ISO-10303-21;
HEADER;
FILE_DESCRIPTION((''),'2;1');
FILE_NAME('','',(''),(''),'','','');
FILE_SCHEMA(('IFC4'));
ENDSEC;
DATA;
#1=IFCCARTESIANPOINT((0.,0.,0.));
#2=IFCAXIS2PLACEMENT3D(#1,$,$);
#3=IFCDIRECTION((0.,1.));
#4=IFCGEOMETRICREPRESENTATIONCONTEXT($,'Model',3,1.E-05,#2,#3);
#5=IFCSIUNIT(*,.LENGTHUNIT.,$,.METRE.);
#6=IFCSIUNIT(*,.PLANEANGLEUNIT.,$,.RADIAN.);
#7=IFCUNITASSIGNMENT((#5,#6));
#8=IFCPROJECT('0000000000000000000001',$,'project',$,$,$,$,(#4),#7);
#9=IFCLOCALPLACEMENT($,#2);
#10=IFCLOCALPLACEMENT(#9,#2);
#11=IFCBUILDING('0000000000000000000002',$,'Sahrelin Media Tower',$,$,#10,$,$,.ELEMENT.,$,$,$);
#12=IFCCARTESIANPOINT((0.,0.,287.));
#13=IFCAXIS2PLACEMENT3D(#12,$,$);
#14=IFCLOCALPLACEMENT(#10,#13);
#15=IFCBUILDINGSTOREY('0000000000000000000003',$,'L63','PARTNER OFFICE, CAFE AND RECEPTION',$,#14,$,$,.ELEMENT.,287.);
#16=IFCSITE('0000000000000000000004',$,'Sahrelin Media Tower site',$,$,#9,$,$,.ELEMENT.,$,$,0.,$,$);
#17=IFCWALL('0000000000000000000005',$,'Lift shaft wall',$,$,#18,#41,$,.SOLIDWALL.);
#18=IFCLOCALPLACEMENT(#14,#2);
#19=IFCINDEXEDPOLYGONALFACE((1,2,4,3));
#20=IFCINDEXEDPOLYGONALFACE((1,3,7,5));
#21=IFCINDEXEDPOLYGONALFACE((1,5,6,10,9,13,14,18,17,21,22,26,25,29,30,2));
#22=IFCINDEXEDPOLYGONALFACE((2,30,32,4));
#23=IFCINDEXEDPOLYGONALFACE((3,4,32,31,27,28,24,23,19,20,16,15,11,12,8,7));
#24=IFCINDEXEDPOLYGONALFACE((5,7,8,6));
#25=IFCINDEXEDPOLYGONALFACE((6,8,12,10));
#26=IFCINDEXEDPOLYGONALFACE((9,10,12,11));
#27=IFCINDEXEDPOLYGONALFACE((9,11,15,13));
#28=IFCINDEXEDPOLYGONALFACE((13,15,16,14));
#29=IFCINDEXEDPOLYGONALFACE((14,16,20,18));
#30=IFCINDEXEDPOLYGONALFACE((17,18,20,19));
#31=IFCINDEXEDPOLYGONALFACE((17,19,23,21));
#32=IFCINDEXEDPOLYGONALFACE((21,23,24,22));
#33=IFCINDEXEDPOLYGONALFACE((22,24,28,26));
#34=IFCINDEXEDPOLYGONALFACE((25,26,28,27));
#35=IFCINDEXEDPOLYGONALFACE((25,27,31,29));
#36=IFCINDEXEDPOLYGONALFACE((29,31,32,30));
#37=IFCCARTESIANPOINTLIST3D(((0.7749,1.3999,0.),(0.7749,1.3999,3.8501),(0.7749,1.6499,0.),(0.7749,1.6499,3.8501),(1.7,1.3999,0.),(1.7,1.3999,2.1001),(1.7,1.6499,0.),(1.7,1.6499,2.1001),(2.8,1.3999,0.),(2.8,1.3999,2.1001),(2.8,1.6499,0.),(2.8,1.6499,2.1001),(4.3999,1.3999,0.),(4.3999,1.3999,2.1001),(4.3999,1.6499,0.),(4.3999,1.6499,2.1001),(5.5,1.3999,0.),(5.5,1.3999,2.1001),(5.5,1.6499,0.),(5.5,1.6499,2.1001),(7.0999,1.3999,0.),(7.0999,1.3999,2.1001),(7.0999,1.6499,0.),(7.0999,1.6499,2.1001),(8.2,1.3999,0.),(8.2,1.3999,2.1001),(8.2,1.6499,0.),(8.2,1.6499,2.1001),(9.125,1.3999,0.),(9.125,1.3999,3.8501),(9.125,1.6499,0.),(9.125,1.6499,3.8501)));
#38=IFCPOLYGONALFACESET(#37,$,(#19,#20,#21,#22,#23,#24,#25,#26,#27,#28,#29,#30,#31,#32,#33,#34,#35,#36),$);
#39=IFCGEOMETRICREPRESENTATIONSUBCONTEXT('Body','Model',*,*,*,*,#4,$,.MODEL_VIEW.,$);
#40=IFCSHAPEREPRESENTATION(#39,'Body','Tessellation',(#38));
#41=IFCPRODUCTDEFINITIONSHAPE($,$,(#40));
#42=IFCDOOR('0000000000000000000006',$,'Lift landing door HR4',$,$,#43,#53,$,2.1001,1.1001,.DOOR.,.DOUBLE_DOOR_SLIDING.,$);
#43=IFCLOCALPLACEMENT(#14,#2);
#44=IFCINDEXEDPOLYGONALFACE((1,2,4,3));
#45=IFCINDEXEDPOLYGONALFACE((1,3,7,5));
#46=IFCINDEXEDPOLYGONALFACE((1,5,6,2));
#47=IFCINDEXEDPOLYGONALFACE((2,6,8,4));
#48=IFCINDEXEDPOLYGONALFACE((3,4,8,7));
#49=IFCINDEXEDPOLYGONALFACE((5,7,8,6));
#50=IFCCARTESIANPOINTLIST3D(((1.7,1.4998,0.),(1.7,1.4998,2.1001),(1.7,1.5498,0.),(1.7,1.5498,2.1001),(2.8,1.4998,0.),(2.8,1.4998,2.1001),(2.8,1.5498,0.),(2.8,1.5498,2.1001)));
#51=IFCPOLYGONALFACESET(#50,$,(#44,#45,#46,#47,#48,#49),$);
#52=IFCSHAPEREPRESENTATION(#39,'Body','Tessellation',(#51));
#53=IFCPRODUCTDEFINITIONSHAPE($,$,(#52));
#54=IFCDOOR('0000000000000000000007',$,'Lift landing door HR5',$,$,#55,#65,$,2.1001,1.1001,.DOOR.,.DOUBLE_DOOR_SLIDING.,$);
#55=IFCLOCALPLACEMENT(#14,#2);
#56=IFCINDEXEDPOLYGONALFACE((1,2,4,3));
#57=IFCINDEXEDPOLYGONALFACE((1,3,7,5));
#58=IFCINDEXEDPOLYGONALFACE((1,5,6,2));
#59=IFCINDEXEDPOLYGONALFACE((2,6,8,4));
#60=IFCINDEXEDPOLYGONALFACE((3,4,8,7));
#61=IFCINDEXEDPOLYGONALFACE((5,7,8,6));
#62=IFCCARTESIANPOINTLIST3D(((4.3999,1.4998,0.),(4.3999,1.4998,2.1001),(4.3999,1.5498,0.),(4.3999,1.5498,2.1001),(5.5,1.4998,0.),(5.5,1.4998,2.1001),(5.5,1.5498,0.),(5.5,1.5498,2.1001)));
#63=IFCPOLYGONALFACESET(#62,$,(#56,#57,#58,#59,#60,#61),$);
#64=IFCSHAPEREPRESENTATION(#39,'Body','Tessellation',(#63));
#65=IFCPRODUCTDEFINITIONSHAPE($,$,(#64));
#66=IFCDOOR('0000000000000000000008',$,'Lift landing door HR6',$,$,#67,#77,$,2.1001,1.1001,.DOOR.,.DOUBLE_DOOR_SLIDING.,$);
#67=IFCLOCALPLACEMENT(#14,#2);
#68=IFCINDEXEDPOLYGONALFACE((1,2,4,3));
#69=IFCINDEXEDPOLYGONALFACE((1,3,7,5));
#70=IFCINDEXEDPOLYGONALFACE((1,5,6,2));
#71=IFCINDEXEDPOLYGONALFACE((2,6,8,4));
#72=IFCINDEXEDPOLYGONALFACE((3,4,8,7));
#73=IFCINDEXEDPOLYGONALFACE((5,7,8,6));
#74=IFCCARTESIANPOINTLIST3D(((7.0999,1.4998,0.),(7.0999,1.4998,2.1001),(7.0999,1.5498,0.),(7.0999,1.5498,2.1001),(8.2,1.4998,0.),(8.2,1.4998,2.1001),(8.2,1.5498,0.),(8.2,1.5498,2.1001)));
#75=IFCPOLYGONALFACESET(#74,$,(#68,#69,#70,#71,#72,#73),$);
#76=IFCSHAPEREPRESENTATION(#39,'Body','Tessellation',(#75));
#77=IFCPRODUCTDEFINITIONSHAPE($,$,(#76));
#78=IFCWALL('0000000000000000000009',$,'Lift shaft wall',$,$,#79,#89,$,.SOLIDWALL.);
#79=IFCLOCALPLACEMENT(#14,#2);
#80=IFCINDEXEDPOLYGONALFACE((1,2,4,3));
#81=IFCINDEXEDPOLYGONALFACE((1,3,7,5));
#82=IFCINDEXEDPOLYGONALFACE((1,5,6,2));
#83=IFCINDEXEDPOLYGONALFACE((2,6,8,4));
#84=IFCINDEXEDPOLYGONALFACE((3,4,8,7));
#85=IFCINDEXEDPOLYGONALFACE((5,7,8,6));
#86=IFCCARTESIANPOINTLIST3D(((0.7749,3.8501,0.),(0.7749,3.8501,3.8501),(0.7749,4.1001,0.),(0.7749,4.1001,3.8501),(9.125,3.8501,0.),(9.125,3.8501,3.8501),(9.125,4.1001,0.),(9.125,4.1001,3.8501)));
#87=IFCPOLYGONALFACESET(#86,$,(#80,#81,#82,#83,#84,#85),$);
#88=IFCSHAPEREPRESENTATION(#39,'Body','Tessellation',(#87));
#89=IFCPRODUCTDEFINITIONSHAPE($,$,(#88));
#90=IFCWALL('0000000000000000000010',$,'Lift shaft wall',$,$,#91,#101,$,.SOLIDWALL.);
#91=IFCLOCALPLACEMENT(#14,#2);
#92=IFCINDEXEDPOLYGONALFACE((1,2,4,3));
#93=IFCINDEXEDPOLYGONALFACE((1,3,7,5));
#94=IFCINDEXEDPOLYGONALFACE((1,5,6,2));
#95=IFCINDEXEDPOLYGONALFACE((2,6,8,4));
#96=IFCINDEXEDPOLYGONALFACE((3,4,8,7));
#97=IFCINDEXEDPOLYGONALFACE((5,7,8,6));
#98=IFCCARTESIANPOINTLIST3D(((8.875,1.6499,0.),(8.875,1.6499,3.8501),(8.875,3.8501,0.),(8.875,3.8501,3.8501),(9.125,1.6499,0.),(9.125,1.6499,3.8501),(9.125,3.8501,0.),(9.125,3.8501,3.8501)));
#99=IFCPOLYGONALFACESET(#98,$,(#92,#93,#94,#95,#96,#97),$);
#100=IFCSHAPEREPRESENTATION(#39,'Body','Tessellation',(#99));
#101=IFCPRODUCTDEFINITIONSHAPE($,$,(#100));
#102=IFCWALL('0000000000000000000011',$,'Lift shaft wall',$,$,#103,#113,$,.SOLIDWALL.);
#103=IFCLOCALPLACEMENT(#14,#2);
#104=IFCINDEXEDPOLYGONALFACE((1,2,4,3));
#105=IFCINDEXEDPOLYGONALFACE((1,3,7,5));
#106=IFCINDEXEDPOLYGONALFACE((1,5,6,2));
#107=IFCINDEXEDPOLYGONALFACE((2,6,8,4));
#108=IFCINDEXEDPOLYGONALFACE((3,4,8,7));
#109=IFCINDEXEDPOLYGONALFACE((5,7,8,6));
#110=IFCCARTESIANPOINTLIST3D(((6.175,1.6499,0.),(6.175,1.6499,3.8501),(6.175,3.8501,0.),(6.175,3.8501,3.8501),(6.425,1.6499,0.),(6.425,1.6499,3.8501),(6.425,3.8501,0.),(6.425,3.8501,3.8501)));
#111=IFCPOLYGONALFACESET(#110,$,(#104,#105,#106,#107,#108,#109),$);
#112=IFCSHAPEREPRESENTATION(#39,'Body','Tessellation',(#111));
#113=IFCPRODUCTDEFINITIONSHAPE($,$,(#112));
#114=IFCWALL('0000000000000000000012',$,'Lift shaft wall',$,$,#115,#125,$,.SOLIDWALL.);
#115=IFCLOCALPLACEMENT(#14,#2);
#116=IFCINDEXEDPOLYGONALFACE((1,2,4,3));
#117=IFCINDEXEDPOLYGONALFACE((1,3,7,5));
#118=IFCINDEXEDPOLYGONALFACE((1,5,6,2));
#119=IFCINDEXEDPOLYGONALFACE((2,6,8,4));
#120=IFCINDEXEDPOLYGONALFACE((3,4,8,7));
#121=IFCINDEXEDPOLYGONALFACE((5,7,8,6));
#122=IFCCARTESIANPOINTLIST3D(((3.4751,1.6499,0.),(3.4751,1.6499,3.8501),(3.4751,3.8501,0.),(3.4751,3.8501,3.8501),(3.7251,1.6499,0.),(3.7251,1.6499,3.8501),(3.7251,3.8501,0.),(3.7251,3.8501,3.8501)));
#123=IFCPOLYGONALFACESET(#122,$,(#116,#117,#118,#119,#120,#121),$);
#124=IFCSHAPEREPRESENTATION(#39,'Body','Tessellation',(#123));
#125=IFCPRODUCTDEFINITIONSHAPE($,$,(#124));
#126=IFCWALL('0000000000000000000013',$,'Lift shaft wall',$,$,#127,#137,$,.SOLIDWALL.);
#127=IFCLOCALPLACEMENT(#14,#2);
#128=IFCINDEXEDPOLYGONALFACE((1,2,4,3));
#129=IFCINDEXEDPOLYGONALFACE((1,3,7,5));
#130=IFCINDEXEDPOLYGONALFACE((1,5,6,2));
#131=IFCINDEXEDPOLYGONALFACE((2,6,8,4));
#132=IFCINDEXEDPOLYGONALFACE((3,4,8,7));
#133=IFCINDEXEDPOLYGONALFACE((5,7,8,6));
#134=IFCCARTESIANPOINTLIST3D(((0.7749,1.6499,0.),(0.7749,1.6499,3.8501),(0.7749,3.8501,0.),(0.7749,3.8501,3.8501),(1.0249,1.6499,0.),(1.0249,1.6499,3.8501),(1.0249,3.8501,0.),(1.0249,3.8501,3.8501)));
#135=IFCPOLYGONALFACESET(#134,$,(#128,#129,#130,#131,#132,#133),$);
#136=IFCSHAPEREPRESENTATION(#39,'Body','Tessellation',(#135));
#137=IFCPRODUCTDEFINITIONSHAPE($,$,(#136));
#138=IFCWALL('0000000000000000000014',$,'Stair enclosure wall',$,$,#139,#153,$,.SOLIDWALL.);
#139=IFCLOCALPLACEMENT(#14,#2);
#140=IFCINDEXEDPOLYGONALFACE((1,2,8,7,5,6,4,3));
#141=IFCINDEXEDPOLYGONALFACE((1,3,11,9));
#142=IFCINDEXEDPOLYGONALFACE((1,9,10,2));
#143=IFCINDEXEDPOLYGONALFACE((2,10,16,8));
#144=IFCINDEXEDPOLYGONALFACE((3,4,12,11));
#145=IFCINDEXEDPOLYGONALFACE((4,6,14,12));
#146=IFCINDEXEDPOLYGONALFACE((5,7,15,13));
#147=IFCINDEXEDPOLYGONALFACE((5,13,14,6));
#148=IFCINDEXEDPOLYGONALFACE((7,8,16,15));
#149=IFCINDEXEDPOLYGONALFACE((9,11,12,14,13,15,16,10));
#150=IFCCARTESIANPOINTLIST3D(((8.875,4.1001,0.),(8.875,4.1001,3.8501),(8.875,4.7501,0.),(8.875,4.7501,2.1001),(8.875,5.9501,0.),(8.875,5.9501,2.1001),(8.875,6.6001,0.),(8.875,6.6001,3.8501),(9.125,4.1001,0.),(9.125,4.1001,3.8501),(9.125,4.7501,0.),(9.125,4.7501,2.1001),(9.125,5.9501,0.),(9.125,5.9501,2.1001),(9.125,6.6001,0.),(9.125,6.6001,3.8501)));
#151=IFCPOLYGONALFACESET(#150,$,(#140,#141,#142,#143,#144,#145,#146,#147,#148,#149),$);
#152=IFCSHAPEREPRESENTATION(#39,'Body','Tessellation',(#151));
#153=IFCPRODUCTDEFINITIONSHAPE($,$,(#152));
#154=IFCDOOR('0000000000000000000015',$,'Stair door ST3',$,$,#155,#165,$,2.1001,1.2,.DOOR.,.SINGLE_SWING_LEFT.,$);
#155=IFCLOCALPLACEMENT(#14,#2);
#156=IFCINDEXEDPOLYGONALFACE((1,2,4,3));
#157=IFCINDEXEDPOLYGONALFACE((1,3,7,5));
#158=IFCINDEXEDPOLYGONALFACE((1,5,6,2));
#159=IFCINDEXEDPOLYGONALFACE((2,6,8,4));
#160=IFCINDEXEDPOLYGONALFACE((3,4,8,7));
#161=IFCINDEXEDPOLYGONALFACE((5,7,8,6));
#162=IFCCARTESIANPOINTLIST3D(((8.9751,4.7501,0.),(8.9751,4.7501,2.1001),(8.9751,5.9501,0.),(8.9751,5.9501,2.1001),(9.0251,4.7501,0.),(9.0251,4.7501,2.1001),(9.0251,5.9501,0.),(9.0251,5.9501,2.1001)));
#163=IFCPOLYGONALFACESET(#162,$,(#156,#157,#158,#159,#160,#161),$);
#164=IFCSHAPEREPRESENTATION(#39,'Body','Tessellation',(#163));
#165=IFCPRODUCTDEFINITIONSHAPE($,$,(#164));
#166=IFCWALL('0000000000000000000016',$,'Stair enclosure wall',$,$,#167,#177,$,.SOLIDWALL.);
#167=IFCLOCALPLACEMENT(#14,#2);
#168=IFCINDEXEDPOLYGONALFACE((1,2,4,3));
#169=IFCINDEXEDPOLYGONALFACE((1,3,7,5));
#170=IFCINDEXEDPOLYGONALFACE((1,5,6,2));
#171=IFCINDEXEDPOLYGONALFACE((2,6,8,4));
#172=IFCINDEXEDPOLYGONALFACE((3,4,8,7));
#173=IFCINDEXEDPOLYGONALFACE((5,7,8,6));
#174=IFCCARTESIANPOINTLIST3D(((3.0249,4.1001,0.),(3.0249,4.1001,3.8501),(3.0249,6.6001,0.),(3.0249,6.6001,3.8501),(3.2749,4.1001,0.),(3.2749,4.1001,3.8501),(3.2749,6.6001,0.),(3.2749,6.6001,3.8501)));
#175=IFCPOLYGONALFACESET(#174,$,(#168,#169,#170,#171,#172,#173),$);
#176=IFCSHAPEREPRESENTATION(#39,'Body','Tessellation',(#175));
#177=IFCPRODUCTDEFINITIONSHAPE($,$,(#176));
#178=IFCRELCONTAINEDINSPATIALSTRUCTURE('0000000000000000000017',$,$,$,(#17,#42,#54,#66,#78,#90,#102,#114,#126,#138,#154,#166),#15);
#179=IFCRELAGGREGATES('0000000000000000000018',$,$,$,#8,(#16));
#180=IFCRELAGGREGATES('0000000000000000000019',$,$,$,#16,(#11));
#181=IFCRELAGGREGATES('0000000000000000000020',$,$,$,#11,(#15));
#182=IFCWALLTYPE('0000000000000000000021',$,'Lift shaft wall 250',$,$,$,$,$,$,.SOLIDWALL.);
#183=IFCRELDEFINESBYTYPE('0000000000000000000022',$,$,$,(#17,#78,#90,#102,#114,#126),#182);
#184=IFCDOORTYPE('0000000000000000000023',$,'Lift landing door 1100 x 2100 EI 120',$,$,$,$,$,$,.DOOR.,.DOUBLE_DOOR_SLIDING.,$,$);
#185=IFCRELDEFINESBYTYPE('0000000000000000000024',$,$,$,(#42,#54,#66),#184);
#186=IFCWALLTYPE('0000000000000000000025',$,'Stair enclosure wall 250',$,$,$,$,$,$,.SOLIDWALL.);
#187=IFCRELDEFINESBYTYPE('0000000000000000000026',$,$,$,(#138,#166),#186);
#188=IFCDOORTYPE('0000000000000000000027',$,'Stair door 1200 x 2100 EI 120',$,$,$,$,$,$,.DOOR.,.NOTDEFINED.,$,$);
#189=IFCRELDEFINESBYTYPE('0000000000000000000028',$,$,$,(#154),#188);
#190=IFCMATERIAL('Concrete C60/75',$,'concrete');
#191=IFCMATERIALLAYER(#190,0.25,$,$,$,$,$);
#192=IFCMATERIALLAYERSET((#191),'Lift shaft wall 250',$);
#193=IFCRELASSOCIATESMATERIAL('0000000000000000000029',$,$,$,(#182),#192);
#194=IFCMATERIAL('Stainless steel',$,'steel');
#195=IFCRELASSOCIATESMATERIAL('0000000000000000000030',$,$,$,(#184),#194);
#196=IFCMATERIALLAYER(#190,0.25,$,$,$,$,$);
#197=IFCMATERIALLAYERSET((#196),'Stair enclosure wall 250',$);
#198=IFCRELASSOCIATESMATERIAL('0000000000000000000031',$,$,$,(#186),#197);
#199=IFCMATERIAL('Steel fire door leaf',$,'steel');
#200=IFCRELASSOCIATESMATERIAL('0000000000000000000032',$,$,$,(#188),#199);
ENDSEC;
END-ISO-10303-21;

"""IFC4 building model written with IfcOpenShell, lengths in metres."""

from ifc_helpers import new_model, si_unit, direction, frame, frame_2d, origin, place, context, subcontext, project, spatial, rectangle, extrude, material, layer, layer_set, type_object, element, fill, save


model = new_model("IFC4")

# Units and contexts
model_context = context("Model", 3, precision=1e-05, world=origin(), true_north=direction((0.0, 1.0)))
body_context = subcontext(model_context, "Body", "Model", "MODEL_VIEW")
ifc_project = project(units=[si_unit("LENGTHUNIT", "METRE"), si_unit("PLANEANGLEUNIT", "RADIAN")], contexts=[model_context])

# Site, building, storey
site_placement = place(None, origin())
site = spatial("IfcSite", under=ifc_project, at=site_placement, Name="Sahrelin Media Tower site", CompositionType="ELEMENT", RefElevation=0.0)
building_placement = place(site_placement, origin())
building = spatial("IfcBuilding", under=site, at=building_placement, Name="Sahrelin Media Tower", CompositionType="ELEMENT")
storey_placement = place(building_placement, frame((0.0, 0.0, 287.0)))
storey = spatial("IfcBuildingStorey", under=building, at=storey_placement, Name="L63", Description="PARTNER OFFICE, CAFE AND RECEPTION", CompositionType="ELEMENT", Elevation=287.0)

# Wall, openings, doors
ifc_material_1 = material(Name="Concrete C60/75", Category="concrete")
ifc_layer_1 = layer(ifc_material_1, 0.25)
ifc_layer_set_1 = layer_set([ifc_layer_1], Name="Lift shaft wall 250")
wall_type_1 = type_object("IfcWallType", Name="Lift shaft wall 250", PredefinedType="SOLIDWALL", material=ifc_layer_set_1)
wall_1_placement = place(storey_placement, frame((0.7749, 1.5249, 0.0), z_axis=(0.0, 0.0, 1.0), x_axis=(1.0, 0.0, 0.0)))
wall_1 = element("IfcWall", 1, at=wall_1_placement, inside=storey, type_object=wall_type_1, Name="Lift shaft wall", PredefinedType="SOLIDWALL", context=body_context, shape_type="SweptSolid", body=[
    extrude(rectangle(XDim=8.3501, YDim=0.25, at=frame_2d((4.175, 0.0))), origin(), (0.0, 0.0, 1.0), 3.8501),
])
opening_1_placement = place(wall_1_placement, frame((0.925, 0.0, 0.0)))
opening_1 = element("IfcOpeningElement", 2, at=opening_1_placement, cuts=wall_1, PredefinedType="OPENING", context=body_context, shape_type="SweptSolid", body=[
    extrude(rectangle(XDim=1.1001, YDim=2.1001, at=frame_2d((0.55, 1.05))), frame((0.0, 0.125, 0.0), z_axis=(0.0, -1.0, 0.0), x_axis=(1.0, 0.0, 0.0)), (0.0, 0.0, 1.0), 0.25),
])
opening_2_placement = place(wall_1_placement, frame((3.625, 0.0, 0.0)))
opening_2 = element("IfcOpeningElement", 3, at=opening_2_placement, cuts=wall_1, PredefinedType="OPENING", context=body_context, shape_type="SweptSolid", body=[
    extrude(rectangle(XDim=1.1001, YDim=2.1001, at=frame_2d((0.55, 1.05))), frame((0.0, 0.125, 0.0), z_axis=(0.0, -1.0, 0.0), x_axis=(1.0, 0.0, 0.0)), (0.0, 0.0, 1.0), 0.25),
])
opening_3_placement = place(wall_1_placement, frame((6.325, 0.0, 0.0)))
opening_3 = element("IfcOpeningElement", 4, at=opening_3_placement, cuts=wall_1, PredefinedType="OPENING", context=body_context, shape_type="SweptSolid", body=[
    extrude(rectangle(XDim=1.1001, YDim=2.1001, at=frame_2d((0.55, 1.05))), frame((0.0, 0.125, 0.0), z_axis=(0.0, -1.0, 0.0), x_axis=(1.0, 0.0, 0.0)), (0.0, 0.0, 1.0), 0.25),
])
ifc_material_2 = material(Name="Stainless steel", Category="steel")
door_type_1 = type_object("IfcDoorType", Name="Lift landing door 1100 x 2100 EI 120", OperationType="DOUBLE_DOOR_SLIDING", PredefinedType="DOOR", material=ifc_material_2)
door_1_placement = place(opening_1_placement, origin())
door_1 = element("IfcDoor", 5, at=door_1_placement, inside=storey, type_object=door_type_1, Name="Lift landing door HR4", OperationType="DOUBLE_DOOR_SLIDING", OverallHeight=2.1001, OverallWidth=1.1001, PredefinedType="DOOR", context=body_context, shape_type="SweptSolid", body=[
    extrude(rectangle(XDim=1.1001, YDim=2.1001, at=frame_2d((0.55, 1.05))), frame((0.0, 0.0249, 0.0), z_axis=(0.0, -1.0, 0.0), x_axis=(1.0, 0.0, 0.0)), (0.0, 0.0, 1.0), 0.05),
])
fill(opening_1, door_1)
door_2_placement = place(opening_2_placement, origin())
door_2 = element("IfcDoor", 6, at=door_2_placement, inside=storey, type_object=door_type_1, Name="Lift landing door HR5", OperationType="DOUBLE_DOOR_SLIDING", OverallHeight=2.1001, OverallWidth=1.1001, PredefinedType="DOOR", context=body_context, shape_type="SweptSolid", body=[
    extrude(rectangle(XDim=1.1001, YDim=2.1001, at=frame_2d((0.55, 1.05))), frame((0.0, 0.0249, 0.0), z_axis=(0.0, -1.0, 0.0), x_axis=(1.0, 0.0, 0.0)), (0.0, 0.0, 1.0), 0.05),
])
fill(opening_2, door_2)
door_3_placement = place(opening_3_placement, origin())
door_3 = element("IfcDoor", 7, at=door_3_placement, inside=storey, type_object=door_type_1, Name="Lift landing door HR6", OperationType="DOUBLE_DOOR_SLIDING", OverallHeight=2.1001, OverallWidth=1.1001, PredefinedType="DOOR", context=body_context, shape_type="SweptSolid", body=[
    extrude(rectangle(XDim=1.1001, YDim=2.1001, at=frame_2d((0.55, 1.05))), frame((0.0, 0.0249, 0.0), z_axis=(0.0, -1.0, 0.0), x_axis=(1.0, 0.0, 0.0)), (0.0, 0.0, 1.0), 0.05),
])
fill(opening_3, door_3)

# Walls
wall_2_placement = place(storey_placement, frame((0.7749, 3.9751, 0.0), z_axis=(0.0, 0.0, 1.0), x_axis=(1.0, 0.0, 0.0)))
element("IfcWall", 8, at=wall_2_placement, inside=storey, type_object=wall_type_1, Name="Lift shaft wall", PredefinedType="SOLIDWALL", context=body_context, shape_type="SweptSolid", body=[
    extrude(rectangle(XDim=8.3501, YDim=0.25, at=frame_2d((4.175, 0.0))), origin(), (0.0, 0.0, 1.0), 3.8501),
])
for number, where, z_axis, x_axis, name in (
    (9, (9.0, 1.6499, 0.0), (0.0, 0.0, 1.0), (0.0, 1.0, 0.0), "Lift shaft wall"),
    (10, (6.3, 1.6499, 0.0), (0.0, 0.0, 1.0), (0.0, 1.0, 0.0), "Lift shaft wall"),
    (11, (3.6001, 1.6499, 0.0), (0.0, 0.0, 1.0), (0.0, 1.0, 0.0), "Lift shaft wall"),
    (12, (0.8999, 1.6499, 0.0), (0.0, 0.0, 1.0), (0.0, 1.0, 0.0), "Lift shaft wall"),
):
    element("IfcWall", number, at=place(storey_placement, frame(where, z_axis=z_axis, x_axis=x_axis)), inside=storey, type_object=wall_type_1, Name=name, PredefinedType="SOLIDWALL", context=body_context, shape_type="SweptSolid", body=[
        extrude(rectangle(XDim=2.2002, YDim=0.25, at=frame_2d((1.1001, 0.0))), origin(), (0.0, 0.0, 1.0), 3.8501),
    ])

# Wall, opening, door
ifc_layer_2 = layer(ifc_material_1, 0.25)
ifc_layer_set_2 = layer_set([ifc_layer_2], Name="Stair enclosure wall 250")
wall_type_2 = type_object("IfcWallType", Name="Stair enclosure wall 250", PredefinedType="SOLIDWALL", material=ifc_layer_set_2)
wall_3_placement = place(storey_placement, frame((9.0, 4.1001, 0.0), z_axis=(0.0, 0.0, 1.0), x_axis=(0.0, 1.0, 0.0)))
wall_3 = element("IfcWall", 13, at=wall_3_placement, inside=storey, type_object=wall_type_2, Name="Stair enclosure wall", PredefinedType="SOLIDWALL", context=body_context, shape_type="SweptSolid", body=[
    extrude(rectangle(XDim=2.5, YDim=0.25, at=frame_2d((1.25, 0.0))), origin(), (0.0, 0.0, 1.0), 3.8501),
])
opening_4_placement = place(wall_3_placement, frame((0.6499, 0.0, 0.0)))
opening_4 = element("IfcOpeningElement", 14, at=opening_4_placement, cuts=wall_3, PredefinedType="OPENING", context=body_context, shape_type="SweptSolid", body=[
    extrude(rectangle(XDim=1.2, YDim=2.1001, at=frame_2d((0.6001, 1.05))), frame((0.0, 0.125, 0.0), z_axis=(0.0, -1.0, 0.0), x_axis=(1.0, 0.0, 0.0)), (0.0, 0.0, 1.0), 0.25),
])
ifc_material_3 = material(Name="Steel fire door leaf", Category="steel")
door_type_2 = type_object("IfcDoorType", Name="Stair door 1200 x 2100 EI 120", OperationType="NOTDEFINED", PredefinedType="DOOR", material=ifc_material_3)
door_4_placement = place(opening_4_placement, origin())
door_4 = element("IfcDoor", 15, at=door_4_placement, inside=storey, type_object=door_type_2, Name="Stair door ST3", OperationType="SINGLE_SWING_LEFT", OverallHeight=2.1001, OverallWidth=1.2, PredefinedType="DOOR", context=body_context, shape_type="SweptSolid", body=[
    extrude(rectangle(XDim=1.2, YDim=2.1001, at=frame_2d((0.6001, 1.05))), frame((0.0, 0.0249, 0.0), z_axis=(0.0, -1.0, 0.0), x_axis=(1.0, 0.0, 0.0)), (0.0, 0.0, 1.0), 0.05),
])
fill(opening_4, door_4)

# Wall
wall_4_placement = place(storey_placement, frame((3.1499, 4.1001, 0.0), z_axis=(0.0, 0.0, 1.0), x_axis=(0.0, 1.0, 0.0)))
element("IfcWall", 16, at=wall_4_placement, inside=storey, type_object=wall_type_2, Name="Stair enclosure wall", PredefinedType="SOLIDWALL", context=body_context, shape_type="SweptSolid", body=[
    extrude(rectangle(XDim=2.5, YDim=0.25, at=frame_2d((1.25, 0.0))), origin(), (0.0, 0.0, 1.0), 3.8501),
])

save(model, "model.ifc")
